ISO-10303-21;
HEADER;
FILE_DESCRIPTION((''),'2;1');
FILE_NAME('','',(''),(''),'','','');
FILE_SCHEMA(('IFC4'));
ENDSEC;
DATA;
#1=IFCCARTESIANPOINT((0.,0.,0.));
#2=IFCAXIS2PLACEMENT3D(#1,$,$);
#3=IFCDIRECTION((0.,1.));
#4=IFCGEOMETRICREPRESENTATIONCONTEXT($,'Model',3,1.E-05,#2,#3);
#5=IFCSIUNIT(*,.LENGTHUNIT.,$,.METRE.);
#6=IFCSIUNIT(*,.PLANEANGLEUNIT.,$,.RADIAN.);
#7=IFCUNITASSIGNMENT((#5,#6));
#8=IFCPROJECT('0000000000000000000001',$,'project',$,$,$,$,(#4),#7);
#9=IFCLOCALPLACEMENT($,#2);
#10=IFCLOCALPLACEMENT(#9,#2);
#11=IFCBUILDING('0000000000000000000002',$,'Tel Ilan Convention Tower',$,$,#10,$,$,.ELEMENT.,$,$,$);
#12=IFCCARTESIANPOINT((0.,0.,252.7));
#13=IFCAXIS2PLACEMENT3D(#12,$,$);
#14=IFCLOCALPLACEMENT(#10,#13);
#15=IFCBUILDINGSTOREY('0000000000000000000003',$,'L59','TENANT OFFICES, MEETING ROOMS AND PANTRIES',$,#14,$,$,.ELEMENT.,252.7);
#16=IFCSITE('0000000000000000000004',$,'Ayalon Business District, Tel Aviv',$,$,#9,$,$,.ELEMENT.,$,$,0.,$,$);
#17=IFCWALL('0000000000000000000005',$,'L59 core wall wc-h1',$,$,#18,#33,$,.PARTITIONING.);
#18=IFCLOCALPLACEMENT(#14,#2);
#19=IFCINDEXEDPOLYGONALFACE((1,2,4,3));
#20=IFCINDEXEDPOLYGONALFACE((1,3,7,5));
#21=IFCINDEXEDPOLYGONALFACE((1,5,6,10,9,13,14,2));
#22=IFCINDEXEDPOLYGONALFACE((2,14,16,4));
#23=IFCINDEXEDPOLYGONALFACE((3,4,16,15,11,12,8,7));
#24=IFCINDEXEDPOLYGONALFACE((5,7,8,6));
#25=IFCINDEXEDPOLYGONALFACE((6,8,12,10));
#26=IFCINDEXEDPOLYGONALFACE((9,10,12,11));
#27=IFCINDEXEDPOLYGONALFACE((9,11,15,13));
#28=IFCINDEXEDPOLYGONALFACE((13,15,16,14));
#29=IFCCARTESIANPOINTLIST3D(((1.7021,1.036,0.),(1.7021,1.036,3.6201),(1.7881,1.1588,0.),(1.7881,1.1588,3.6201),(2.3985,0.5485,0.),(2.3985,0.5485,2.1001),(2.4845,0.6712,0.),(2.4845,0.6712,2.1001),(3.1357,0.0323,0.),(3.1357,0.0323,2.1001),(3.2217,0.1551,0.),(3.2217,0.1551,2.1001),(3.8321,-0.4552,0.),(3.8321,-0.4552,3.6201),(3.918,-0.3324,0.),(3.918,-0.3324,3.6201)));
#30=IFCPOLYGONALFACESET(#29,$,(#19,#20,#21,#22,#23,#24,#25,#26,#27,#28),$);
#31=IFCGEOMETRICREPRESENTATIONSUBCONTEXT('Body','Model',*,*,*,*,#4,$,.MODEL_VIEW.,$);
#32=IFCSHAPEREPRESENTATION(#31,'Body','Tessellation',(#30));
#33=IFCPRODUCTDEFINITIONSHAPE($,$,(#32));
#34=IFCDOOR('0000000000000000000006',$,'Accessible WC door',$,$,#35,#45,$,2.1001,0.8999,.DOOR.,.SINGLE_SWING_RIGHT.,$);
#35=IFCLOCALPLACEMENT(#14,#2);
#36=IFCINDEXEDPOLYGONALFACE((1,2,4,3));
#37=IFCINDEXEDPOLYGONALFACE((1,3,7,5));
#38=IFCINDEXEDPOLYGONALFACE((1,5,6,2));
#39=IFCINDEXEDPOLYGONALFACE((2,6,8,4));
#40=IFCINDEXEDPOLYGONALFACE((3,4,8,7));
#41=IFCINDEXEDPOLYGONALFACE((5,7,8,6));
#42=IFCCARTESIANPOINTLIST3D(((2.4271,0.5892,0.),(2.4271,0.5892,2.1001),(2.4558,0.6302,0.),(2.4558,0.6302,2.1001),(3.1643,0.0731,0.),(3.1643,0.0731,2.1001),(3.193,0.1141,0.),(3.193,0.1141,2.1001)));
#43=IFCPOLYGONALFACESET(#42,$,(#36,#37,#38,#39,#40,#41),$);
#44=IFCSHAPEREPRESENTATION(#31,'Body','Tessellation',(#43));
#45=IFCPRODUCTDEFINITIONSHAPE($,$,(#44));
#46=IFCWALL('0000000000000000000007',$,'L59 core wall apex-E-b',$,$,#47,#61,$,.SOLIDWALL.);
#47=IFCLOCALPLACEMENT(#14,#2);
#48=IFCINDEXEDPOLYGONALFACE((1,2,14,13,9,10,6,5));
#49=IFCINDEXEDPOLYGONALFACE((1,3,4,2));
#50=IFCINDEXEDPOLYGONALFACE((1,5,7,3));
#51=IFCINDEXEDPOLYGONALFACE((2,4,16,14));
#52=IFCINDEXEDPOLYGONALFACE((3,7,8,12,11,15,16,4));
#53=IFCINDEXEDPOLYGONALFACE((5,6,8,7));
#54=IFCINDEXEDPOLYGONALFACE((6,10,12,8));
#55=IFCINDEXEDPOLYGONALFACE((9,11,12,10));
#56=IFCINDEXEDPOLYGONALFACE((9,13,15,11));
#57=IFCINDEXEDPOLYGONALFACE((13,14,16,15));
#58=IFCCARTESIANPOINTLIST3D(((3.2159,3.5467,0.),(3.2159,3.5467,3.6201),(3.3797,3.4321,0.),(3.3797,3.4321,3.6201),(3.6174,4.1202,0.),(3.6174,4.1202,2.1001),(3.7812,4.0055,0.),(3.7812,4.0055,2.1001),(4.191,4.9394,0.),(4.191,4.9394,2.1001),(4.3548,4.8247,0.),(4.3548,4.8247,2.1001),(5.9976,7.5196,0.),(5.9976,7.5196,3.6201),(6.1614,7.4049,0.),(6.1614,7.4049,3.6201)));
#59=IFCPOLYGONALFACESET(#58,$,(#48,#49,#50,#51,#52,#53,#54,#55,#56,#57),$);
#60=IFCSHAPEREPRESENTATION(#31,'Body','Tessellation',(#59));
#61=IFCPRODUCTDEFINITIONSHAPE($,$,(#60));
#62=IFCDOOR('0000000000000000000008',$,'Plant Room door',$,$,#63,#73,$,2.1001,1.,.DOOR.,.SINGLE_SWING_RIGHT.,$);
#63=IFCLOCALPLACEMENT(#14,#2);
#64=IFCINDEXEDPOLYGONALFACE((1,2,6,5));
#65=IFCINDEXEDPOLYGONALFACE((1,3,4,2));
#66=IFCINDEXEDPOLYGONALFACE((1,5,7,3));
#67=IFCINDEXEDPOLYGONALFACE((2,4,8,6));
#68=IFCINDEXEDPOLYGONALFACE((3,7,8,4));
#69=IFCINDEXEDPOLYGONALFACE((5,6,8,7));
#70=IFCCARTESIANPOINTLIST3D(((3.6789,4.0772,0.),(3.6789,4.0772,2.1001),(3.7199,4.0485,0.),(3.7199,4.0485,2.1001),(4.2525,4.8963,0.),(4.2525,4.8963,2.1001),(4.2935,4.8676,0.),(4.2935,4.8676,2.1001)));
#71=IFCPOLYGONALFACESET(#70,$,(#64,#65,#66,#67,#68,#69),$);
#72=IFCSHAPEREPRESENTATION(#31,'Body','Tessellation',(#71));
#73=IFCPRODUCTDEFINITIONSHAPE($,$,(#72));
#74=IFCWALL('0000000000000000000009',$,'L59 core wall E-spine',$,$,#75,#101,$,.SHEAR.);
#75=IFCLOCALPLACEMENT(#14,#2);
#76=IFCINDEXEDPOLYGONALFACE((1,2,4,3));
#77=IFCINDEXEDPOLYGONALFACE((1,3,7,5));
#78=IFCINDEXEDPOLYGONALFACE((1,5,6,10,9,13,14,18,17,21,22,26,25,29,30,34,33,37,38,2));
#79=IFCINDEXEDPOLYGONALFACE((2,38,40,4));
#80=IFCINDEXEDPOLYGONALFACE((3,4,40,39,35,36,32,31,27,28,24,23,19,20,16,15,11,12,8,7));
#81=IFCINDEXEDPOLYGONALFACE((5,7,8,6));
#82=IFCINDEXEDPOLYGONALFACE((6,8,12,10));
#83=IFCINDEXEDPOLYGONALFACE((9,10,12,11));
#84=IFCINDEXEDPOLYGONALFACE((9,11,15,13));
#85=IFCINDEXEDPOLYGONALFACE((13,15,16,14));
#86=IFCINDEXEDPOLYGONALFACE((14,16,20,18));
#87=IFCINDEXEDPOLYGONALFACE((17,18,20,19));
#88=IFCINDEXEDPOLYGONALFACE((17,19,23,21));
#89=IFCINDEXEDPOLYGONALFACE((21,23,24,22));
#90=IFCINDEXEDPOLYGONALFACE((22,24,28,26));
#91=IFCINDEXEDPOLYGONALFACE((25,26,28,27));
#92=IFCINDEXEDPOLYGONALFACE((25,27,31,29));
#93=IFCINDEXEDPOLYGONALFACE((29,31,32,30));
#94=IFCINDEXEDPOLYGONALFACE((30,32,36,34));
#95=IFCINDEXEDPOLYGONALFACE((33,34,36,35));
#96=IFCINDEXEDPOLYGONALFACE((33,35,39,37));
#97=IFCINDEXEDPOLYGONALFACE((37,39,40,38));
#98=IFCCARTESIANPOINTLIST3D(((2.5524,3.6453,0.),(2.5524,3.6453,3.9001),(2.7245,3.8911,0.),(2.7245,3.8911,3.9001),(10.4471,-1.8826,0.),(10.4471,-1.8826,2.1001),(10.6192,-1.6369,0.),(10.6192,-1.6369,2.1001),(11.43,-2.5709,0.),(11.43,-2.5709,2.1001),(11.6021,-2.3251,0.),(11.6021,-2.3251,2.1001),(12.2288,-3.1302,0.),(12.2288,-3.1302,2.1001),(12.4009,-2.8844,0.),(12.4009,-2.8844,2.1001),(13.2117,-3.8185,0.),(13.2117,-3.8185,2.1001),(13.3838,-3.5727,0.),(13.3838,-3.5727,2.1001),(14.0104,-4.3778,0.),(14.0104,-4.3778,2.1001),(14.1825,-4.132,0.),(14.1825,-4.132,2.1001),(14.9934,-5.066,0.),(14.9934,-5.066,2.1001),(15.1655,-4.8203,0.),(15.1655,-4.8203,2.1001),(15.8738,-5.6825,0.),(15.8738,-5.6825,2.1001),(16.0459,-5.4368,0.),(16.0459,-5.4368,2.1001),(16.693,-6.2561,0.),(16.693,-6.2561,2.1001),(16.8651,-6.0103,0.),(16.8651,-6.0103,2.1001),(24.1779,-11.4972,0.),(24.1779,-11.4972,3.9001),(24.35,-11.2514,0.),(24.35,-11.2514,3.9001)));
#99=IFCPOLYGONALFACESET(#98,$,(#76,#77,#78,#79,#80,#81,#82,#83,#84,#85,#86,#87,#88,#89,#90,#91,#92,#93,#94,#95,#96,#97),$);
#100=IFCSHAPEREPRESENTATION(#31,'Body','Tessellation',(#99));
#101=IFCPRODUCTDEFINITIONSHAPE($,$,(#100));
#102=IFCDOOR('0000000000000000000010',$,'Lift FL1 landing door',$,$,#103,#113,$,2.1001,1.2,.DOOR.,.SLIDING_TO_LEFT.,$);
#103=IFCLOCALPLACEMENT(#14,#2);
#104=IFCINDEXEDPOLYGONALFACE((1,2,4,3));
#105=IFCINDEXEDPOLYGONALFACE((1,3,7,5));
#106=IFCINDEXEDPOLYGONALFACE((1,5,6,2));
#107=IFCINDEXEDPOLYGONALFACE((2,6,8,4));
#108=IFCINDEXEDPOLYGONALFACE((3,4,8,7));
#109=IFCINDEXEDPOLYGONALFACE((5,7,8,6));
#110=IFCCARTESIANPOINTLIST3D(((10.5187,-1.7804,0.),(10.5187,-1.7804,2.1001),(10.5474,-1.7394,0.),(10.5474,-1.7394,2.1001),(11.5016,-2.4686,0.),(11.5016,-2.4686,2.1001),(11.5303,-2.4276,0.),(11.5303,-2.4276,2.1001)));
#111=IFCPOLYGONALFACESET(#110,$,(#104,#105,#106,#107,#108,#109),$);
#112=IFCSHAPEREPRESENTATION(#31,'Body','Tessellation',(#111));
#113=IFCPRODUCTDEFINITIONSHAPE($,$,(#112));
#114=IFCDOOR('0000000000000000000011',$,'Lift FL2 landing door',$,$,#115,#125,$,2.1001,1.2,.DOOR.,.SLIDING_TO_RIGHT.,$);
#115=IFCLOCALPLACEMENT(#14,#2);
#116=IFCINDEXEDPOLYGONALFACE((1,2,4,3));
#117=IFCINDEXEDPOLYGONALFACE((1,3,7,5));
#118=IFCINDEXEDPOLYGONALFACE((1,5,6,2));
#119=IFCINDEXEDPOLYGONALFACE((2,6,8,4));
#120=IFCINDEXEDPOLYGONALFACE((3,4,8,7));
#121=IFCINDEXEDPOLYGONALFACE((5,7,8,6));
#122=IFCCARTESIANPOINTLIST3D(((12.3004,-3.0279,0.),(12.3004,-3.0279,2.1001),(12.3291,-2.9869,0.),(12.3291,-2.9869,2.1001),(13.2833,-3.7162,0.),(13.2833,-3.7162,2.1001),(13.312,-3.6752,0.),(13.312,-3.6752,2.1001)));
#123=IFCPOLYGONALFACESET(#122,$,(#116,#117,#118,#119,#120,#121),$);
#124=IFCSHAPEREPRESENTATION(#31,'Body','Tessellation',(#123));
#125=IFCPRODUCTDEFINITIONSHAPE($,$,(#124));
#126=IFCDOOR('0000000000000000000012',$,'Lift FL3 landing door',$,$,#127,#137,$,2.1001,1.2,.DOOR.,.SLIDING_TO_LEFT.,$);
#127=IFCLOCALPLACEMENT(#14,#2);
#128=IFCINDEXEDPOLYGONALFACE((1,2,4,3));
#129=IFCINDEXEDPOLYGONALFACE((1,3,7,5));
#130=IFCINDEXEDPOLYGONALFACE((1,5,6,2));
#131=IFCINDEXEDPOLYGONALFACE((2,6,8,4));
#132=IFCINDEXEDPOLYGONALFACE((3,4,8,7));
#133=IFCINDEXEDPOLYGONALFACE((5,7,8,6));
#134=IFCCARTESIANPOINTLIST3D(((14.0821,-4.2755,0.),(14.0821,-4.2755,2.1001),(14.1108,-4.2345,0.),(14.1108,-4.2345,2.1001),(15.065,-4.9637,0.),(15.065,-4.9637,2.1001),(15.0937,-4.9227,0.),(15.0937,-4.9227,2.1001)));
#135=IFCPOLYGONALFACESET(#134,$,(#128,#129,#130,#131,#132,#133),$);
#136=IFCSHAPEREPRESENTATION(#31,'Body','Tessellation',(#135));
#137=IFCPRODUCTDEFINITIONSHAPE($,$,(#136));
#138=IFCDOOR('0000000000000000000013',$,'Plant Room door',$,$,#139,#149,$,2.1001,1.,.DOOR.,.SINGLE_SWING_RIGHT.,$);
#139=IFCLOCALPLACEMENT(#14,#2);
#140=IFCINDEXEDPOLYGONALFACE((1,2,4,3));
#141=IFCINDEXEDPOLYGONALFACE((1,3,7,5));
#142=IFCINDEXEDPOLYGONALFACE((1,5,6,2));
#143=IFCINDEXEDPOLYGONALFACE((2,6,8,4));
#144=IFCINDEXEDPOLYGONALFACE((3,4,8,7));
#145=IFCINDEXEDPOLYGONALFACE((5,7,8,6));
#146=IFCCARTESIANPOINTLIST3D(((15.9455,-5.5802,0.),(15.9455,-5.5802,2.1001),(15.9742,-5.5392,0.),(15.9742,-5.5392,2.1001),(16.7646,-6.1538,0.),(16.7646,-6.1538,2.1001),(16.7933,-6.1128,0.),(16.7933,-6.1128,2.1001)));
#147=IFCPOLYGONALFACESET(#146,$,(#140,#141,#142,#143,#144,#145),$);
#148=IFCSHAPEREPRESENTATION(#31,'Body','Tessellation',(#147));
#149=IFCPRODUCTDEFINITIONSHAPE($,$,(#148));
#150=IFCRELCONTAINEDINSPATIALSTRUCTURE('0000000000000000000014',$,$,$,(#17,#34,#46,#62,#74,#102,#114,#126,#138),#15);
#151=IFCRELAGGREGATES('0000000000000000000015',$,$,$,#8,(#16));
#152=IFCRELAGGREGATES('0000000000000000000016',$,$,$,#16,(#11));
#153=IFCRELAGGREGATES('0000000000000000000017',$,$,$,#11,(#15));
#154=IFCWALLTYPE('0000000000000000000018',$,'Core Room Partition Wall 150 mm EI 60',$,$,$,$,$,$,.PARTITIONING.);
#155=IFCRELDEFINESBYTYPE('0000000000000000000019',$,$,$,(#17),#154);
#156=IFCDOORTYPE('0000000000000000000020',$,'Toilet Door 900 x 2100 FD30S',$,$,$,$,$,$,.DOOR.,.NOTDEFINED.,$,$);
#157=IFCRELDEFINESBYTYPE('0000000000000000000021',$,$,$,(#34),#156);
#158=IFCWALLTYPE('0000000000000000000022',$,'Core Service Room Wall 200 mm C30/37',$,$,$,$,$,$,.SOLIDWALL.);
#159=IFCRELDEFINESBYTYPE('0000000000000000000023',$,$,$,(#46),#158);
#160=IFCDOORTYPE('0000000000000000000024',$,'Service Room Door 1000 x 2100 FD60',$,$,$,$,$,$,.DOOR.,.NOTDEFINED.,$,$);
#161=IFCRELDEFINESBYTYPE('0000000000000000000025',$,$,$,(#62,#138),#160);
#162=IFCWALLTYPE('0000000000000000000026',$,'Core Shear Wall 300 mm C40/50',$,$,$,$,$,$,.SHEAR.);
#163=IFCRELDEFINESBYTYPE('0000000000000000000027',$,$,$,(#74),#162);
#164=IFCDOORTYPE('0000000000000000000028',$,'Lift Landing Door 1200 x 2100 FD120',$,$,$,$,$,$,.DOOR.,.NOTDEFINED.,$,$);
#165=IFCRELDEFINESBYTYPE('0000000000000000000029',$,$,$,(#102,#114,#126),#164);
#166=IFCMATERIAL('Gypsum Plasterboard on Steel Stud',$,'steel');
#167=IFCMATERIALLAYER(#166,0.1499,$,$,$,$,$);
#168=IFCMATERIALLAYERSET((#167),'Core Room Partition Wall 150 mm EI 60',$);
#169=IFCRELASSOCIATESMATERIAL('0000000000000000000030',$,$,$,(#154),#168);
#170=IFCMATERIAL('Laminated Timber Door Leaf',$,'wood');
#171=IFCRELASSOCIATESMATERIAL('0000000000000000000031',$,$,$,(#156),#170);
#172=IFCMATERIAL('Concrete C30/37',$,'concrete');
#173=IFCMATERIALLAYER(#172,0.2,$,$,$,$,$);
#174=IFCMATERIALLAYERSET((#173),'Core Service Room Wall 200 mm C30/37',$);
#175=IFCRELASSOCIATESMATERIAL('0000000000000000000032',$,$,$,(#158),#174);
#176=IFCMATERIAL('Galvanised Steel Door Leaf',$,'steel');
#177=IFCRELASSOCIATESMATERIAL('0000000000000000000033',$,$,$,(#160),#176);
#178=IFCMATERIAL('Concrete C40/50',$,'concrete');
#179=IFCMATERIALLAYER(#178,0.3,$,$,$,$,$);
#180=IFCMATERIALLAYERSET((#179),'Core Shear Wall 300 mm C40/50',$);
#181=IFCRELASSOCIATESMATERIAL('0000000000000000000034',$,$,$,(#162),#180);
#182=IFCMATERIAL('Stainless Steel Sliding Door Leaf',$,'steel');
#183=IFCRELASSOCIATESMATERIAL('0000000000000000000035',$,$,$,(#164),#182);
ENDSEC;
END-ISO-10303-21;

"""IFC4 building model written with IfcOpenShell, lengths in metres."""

from ifc_helpers import new_model, si_unit, direction, frame, frame_2d, origin, place, context, subcontext, project, spatial, polyline, rectangle, outline, extrude, material, layer, layer_set, type_object, element, fill, save


model = new_model("IFC4")

# Units and contexts
model_context = context("Model", 3, precision=1e-05, world=origin(), true_north=direction((0.0, 1.0)))
body_context = subcontext(model_context, "Body", "Model", "MODEL_VIEW")
ifc_project = project(units=[si_unit("LENGTHUNIT", "METRE"), si_unit("PLANEANGLEUNIT", "RADIAN")], contexts=[model_context])

# Site, building, storey
site_placement = place(None, origin())
site = spatial("IfcSite", under=ifc_project, at=site_placement, Name="Ayalon Business District, Tel Aviv", CompositionType="ELEMENT", RefElevation=0.0)
building_placement = place(site_placement, origin())
building = spatial("IfcBuilding", under=site, at=building_placement, Name="Tel Ilan Convention Tower", CompositionType="ELEMENT")
storey_placement = place(building_placement, frame((0.0, 0.0, 252.7)))
storey = spatial("IfcBuildingStorey", under=building, at=storey_placement, Name="L59", Description="TENANT OFFICES, MEETING ROOMS AND PANTRIES", CompositionType="ELEMENT", Elevation=252.7)

# Walls, openings, doors
ifc_material_1 = material(Name="Gypsum Plasterboard on Steel Stud", Category="steel")
ifc_layer_1 = layer(ifc_material_1, 0.1499)
ifc_layer_set_1 = layer_set([ifc_layer_1], Name="Core Room Partition Wall 150 mm EI 60")
wall_type_1 = type_object("IfcWallType", Name="Core Room Partition Wall 150 mm EI 60", PredefinedType="PARTITIONING", material=ifc_layer_set_1)
wall_1_placement = place(storey_placement, frame((1.7451, 1.0974, 0.0), z_axis=(0.0, 0.0, 1.0), x_axis=(0.819179, -0.573538, 0.0)))
wall_1 = element("IfcWall", 1, at=wall_1_placement, inside=storey, type_object=wall_type_1, Name="L59 core wall wc-h1", PredefinedType="PARTITIONING", context=body_context, shape_type="SweptSolid", body=[
    extrude(rectangle(XDim=2.6001, YDim=0.1499, at=frame_2d((1.3, 0.0))), origin(), (0.0, 0.0, 1.0), 3.6201),
])
opening_1_placement = place(wall_1_placement, frame((0.8501, 0.0, 0.0)))
opening_1 = element("IfcOpeningElement", 2, at=opening_1_placement, cuts=wall_1, PredefinedType="OPENING", context=body_context, shape_type="SweptSolid", body=[
    extrude(rectangle(XDim=0.8999, YDim=2.1001, at=frame_2d((0.45, 1.05))), frame((0.0, 0.085, 0.0), z_axis=(0.0, -1.0, 0.0), x_axis=(1.0, 0.0, 0.0)), (0.0, 0.0, 1.0), 0.1699),
])
ifc_material_2 = material(Name="Laminated Timber Door Leaf", Category="wood")
door_type_1 = type_object("IfcDoorType", Name="Toilet Door 900 x 2100 FD30S", OperationType="NOTDEFINED", PredefinedType="DOOR", material=ifc_material_2)
door_1_placement = place(opening_1_placement, origin())
door_1 = element("IfcDoor", 3, at=door_1_placement, inside=storey, type_object=door_type_1, Name="Accessible WC door", OperationType="SINGLE_SWING_RIGHT", OverallHeight=2.1001, OverallWidth=0.8999, PredefinedType="DOOR", context=body_context, shape_type="SweptSolid", body=[
    extrude(rectangle(XDim=0.8999, YDim=2.1001, at=frame_2d((0.45, 1.05))), frame((0.0, 0.0249, 0.0), z_axis=(0.0, -1.0, 0.0), x_axis=(1.0, 0.0, 0.0)), (0.0, 0.0, 1.0), 0.05),
])
fill(opening_1, door_1)
ifc_material_3 = material(Name="Concrete C30/37", Category="concrete")
ifc_layer_2 = layer(ifc_material_3, 0.2)
ifc_layer_set_2 = layer_set([ifc_layer_2], Name="Core Service Room Wall 200 mm C30/37")
wall_type_2 = type_object("IfcWallType", Name="Core Service Room Wall 200 mm C30/37", PredefinedType="SOLIDWALL", material=ifc_layer_set_2)
wall_2_placement = place(storey_placement, frame((3.2979, 3.4895, 0.0), z_axis=(0.0, 0.0, 1.0), x_axis=(0.57356, 0.819163, 0.0)))
wall_2 = element("IfcWall", 4, at=wall_2_placement, inside=storey, type_object=wall_type_2, Name="L59 core wall apex-E-b", PredefinedType="SOLIDWALL", context=body_context, shape_type="SweptSolid", body=[
    extrude(rectangle(XDim=4.8499, YDim=0.2, at=frame_2d((2.4248, 0.0))), origin(), (0.0, 0.0, 1.0), 3.6201),
])
opening_2_placement = place(wall_2_placement, frame((0.7, 0.0, 0.0)))
opening_2 = element("IfcOpeningElement", 5, at=opening_2_placement, cuts=wall_2, PredefinedType="OPENING", context=body_context, shape_type="SweptSolid", body=[
    extrude(rectangle(XDim=1.0, YDim=2.1001, at=frame_2d((0.5, 1.05))), frame((0.0, 0.1099, 0.0), z_axis=(0.0, -1.0, 0.0), x_axis=(1.0, 0.0, 0.0)), (0.0, 0.0, 1.0), 0.22),
])
ifc_material_4 = material(Name="Galvanised Steel Door Leaf", Category="steel")
door_type_2 = type_object("IfcDoorType", Name="Service Room Door 1000 x 2100 FD60", OperationType="NOTDEFINED", PredefinedType="DOOR", material=ifc_material_4)
door_2_placement = place(opening_2_placement, origin())
door_2 = element("IfcDoor", 6, at=door_2_placement, inside=storey, type_object=door_type_2, Name="Plant Room door", OperationType="SINGLE_SWING_RIGHT", OverallHeight=2.1001, OverallWidth=1.0, PredefinedType="DOOR", context=body_context, shape_type="SweptSolid", body=[
    extrude(rectangle(XDim=1.0, YDim=2.1001, at=frame_2d((0.5, 1.05))), frame((0.0, 0.0249, 0.0), z_axis=(0.0, -1.0, 0.0), x_axis=(1.0, 0.0, 0.0)), (0.0, 0.0, 1.0), 0.05),
])
fill(opening_2, door_2)

# Wall, openings, doors
ifc_material_5 = material(Name="Concrete C40/50", Category="concrete")
ifc_layer_3 = layer(ifc_material_5, 0.3)
ifc_layer_set_3 = layer_set([ifc_layer_3], Name="Core Shear Wall 300 mm C40/50")
wall_type_3 = type_object("IfcWallType", Name="Core Shear Wall 300 mm C40/50", PredefinedType="SHEAR", material=ifc_layer_set_3)
wall_3_placement = place(storey_placement, frame((2.6384, 3.7681, 0.0), z_axis=(0.0, 0.0, 1.0), x_axis=(0.819155, -0.573572, 0.0)))
wall_3 = element("IfcWall", 7, at=wall_3_placement, inside=storey, type_object=wall_type_3, Name="L59 core wall E-spine", PredefinedType="SHEAR", context=body_context, shape_type="SweptSolid", body=[
    extrude(outline(polyline([(0.0, 0.1501), (0.0, -0.1499), (26.3999, -0.1501), (26.3999, 0.1499), (0.0, 0.1501)])), origin(), (0.0, 0.0, 1.0), 3.9001),
])
opening_3_placement = place(wall_3_placement, frame((9.6375, 0.0, 0.0)))
opening_3 = element("IfcOpeningElement", 8, at=opening_3_placement, cuts=wall_3, PredefinedType="OPENING", context=body_context, shape_type="SweptSolid", body=[
    extrude(rectangle(XDim=1.2, YDim=2.1001, at=frame_2d((0.6001, 1.05))), frame((0.0, 0.1599, 0.0), z_axis=(0.0, -1.0, 0.0), x_axis=(1.0, 0.0, 0.0)), (0.0, 0.0, 1.0), 0.3201),
])
opening_4_placement = place(wall_3_placement, frame((11.8125, 0.0, 0.0)))
opening_4 = element("IfcOpeningElement", 9, at=opening_4_placement, cuts=wall_3, PredefinedType="OPENING", context=body_context, shape_type="SweptSolid", body=[
    extrude(rectangle(XDim=1.2, YDim=2.1001, at=frame_2d((0.6001, 1.05))), frame((0.0, 0.1599, 0.0), z_axis=(0.0, -1.0, 0.0), x_axis=(1.0, 0.0, 0.0)), (0.0, 0.0, 1.0), 0.3201),
])
opening_5_placement = place(wall_3_placement, frame((13.9875, 0.0, 0.0)))
opening_5 = element("IfcOpeningElement", 10, at=opening_5_placement, cuts=wall_3, PredefinedType="OPENING", context=body_context, shape_type="SweptSolid", body=[
    extrude(rectangle(XDim=1.2, YDim=2.1001, at=frame_2d((0.6001, 1.05))), frame((0.0, 0.1599, 0.0), z_axis=(0.0, -1.0, 0.0), x_axis=(1.0, 0.0, 0.0)), (0.0, 0.0, 1.0), 0.3201),
])
opening_6_placement = place(wall_3_placement, frame((16.2625, 0.0, 0.0)))
opening_6 = element("IfcOpeningElement", 11, at=opening_6_placement, cuts=wall_3, PredefinedType="OPENING", context=body_context, shape_type="SweptSolid", body=[
    extrude(rectangle(XDim=1.0, YDim=2.1001, at=frame_2d((0.5, 1.05))), frame((0.0, 0.1599, 0.0), z_axis=(0.0, -1.0, 0.0), x_axis=(1.0, 0.0, 0.0)), (0.0, 0.0, 1.0), 0.3201),
])
ifc_material_6 = material(Name="Stainless Steel Sliding Door Leaf", Category="steel")
door_type_3 = type_object("IfcDoorType", Name="Lift Landing Door 1200 x 2100 FD120", OperationType="NOTDEFINED", PredefinedType="DOOR", material=ifc_material_6)
door_3_placement = place(opening_3_placement, origin())
door_3 = element("IfcDoor", 12, at=door_3_placement, inside=storey, type_object=door_type_3, Name="Lift FL1 landing door", OperationType="SLIDING_TO_LEFT", OverallHeight=2.1001, OverallWidth=1.2, PredefinedType="DOOR", context=body_context, shape_type="SweptSolid", body=[
    extrude(rectangle(XDim=1.2, YDim=2.1001, at=frame_2d((0.6001, 1.05))), frame((0.0, 0.0249, 0.0), z_axis=(0.0, -1.0, 0.0), x_axis=(1.0, 0.0, 0.0)), (0.0, 0.0, 1.0), 0.05),
])
fill(opening_3, door_3)
door_4_placement = place(opening_4_placement, origin())
door_4 = element("IfcDoor", 13, at=door_4_placement, inside=storey, type_object=door_type_3, Name="Lift FL2 landing door", OperationType="SLIDING_TO_RIGHT", OverallHeight=2.1001, OverallWidth=1.2, PredefinedType="DOOR", context=body_context, shape_type="SweptSolid", body=[
    extrude(rectangle(XDim=1.2, YDim=2.1001, at=frame_2d((0.6001, 1.05))), frame((0.0, 0.0249, 0.0), z_axis=(0.0, -1.0, 0.0), x_axis=(1.0, 0.0, 0.0)), (0.0, 0.0, 1.0), 0.05),
])
fill(opening_4, door_4)
door_5_placement = place(opening_5_placement, origin())
door_5 = element("IfcDoor", 14, at=door_5_placement, inside=storey, type_object=door_type_3, Name="Lift FL3 landing door", OperationType="SLIDING_TO_LEFT", OverallHeight=2.1001, OverallWidth=1.2, PredefinedType="DOOR", context=body_context, shape_type="SweptSolid", body=[
    extrude(rectangle(XDim=1.2, YDim=2.1001, at=frame_2d((0.6001, 1.05))), frame((0.0, 0.0249, 0.0), z_axis=(0.0, -1.0, 0.0), x_axis=(1.0, 0.0, 0.0)), (0.0, 0.0, 1.0), 0.05),
])
fill(opening_5, door_5)
door_6_placement = place(opening_6_placement, origin())
door_6 = element("IfcDoor", 15, at=door_6_placement, inside=storey, type_object=door_type_2, Name="Plant Room door", OperationType="SINGLE_SWING_RIGHT", OverallHeight=2.1001, OverallWidth=1.0, PredefinedType="DOOR", context=body_context, shape_type="SweptSolid", body=[
    extrude(rectangle(XDim=1.0, YDim=2.1001, at=frame_2d((0.5, 1.05))), frame((0.0, 0.0249, 0.0), z_axis=(0.0, -1.0, 0.0), x_axis=(1.0, 0.0, 0.0)), (0.0, 0.0, 1.0), 0.05),
])
fill(opening_6, door_6)

save(model, "model.ifc")
